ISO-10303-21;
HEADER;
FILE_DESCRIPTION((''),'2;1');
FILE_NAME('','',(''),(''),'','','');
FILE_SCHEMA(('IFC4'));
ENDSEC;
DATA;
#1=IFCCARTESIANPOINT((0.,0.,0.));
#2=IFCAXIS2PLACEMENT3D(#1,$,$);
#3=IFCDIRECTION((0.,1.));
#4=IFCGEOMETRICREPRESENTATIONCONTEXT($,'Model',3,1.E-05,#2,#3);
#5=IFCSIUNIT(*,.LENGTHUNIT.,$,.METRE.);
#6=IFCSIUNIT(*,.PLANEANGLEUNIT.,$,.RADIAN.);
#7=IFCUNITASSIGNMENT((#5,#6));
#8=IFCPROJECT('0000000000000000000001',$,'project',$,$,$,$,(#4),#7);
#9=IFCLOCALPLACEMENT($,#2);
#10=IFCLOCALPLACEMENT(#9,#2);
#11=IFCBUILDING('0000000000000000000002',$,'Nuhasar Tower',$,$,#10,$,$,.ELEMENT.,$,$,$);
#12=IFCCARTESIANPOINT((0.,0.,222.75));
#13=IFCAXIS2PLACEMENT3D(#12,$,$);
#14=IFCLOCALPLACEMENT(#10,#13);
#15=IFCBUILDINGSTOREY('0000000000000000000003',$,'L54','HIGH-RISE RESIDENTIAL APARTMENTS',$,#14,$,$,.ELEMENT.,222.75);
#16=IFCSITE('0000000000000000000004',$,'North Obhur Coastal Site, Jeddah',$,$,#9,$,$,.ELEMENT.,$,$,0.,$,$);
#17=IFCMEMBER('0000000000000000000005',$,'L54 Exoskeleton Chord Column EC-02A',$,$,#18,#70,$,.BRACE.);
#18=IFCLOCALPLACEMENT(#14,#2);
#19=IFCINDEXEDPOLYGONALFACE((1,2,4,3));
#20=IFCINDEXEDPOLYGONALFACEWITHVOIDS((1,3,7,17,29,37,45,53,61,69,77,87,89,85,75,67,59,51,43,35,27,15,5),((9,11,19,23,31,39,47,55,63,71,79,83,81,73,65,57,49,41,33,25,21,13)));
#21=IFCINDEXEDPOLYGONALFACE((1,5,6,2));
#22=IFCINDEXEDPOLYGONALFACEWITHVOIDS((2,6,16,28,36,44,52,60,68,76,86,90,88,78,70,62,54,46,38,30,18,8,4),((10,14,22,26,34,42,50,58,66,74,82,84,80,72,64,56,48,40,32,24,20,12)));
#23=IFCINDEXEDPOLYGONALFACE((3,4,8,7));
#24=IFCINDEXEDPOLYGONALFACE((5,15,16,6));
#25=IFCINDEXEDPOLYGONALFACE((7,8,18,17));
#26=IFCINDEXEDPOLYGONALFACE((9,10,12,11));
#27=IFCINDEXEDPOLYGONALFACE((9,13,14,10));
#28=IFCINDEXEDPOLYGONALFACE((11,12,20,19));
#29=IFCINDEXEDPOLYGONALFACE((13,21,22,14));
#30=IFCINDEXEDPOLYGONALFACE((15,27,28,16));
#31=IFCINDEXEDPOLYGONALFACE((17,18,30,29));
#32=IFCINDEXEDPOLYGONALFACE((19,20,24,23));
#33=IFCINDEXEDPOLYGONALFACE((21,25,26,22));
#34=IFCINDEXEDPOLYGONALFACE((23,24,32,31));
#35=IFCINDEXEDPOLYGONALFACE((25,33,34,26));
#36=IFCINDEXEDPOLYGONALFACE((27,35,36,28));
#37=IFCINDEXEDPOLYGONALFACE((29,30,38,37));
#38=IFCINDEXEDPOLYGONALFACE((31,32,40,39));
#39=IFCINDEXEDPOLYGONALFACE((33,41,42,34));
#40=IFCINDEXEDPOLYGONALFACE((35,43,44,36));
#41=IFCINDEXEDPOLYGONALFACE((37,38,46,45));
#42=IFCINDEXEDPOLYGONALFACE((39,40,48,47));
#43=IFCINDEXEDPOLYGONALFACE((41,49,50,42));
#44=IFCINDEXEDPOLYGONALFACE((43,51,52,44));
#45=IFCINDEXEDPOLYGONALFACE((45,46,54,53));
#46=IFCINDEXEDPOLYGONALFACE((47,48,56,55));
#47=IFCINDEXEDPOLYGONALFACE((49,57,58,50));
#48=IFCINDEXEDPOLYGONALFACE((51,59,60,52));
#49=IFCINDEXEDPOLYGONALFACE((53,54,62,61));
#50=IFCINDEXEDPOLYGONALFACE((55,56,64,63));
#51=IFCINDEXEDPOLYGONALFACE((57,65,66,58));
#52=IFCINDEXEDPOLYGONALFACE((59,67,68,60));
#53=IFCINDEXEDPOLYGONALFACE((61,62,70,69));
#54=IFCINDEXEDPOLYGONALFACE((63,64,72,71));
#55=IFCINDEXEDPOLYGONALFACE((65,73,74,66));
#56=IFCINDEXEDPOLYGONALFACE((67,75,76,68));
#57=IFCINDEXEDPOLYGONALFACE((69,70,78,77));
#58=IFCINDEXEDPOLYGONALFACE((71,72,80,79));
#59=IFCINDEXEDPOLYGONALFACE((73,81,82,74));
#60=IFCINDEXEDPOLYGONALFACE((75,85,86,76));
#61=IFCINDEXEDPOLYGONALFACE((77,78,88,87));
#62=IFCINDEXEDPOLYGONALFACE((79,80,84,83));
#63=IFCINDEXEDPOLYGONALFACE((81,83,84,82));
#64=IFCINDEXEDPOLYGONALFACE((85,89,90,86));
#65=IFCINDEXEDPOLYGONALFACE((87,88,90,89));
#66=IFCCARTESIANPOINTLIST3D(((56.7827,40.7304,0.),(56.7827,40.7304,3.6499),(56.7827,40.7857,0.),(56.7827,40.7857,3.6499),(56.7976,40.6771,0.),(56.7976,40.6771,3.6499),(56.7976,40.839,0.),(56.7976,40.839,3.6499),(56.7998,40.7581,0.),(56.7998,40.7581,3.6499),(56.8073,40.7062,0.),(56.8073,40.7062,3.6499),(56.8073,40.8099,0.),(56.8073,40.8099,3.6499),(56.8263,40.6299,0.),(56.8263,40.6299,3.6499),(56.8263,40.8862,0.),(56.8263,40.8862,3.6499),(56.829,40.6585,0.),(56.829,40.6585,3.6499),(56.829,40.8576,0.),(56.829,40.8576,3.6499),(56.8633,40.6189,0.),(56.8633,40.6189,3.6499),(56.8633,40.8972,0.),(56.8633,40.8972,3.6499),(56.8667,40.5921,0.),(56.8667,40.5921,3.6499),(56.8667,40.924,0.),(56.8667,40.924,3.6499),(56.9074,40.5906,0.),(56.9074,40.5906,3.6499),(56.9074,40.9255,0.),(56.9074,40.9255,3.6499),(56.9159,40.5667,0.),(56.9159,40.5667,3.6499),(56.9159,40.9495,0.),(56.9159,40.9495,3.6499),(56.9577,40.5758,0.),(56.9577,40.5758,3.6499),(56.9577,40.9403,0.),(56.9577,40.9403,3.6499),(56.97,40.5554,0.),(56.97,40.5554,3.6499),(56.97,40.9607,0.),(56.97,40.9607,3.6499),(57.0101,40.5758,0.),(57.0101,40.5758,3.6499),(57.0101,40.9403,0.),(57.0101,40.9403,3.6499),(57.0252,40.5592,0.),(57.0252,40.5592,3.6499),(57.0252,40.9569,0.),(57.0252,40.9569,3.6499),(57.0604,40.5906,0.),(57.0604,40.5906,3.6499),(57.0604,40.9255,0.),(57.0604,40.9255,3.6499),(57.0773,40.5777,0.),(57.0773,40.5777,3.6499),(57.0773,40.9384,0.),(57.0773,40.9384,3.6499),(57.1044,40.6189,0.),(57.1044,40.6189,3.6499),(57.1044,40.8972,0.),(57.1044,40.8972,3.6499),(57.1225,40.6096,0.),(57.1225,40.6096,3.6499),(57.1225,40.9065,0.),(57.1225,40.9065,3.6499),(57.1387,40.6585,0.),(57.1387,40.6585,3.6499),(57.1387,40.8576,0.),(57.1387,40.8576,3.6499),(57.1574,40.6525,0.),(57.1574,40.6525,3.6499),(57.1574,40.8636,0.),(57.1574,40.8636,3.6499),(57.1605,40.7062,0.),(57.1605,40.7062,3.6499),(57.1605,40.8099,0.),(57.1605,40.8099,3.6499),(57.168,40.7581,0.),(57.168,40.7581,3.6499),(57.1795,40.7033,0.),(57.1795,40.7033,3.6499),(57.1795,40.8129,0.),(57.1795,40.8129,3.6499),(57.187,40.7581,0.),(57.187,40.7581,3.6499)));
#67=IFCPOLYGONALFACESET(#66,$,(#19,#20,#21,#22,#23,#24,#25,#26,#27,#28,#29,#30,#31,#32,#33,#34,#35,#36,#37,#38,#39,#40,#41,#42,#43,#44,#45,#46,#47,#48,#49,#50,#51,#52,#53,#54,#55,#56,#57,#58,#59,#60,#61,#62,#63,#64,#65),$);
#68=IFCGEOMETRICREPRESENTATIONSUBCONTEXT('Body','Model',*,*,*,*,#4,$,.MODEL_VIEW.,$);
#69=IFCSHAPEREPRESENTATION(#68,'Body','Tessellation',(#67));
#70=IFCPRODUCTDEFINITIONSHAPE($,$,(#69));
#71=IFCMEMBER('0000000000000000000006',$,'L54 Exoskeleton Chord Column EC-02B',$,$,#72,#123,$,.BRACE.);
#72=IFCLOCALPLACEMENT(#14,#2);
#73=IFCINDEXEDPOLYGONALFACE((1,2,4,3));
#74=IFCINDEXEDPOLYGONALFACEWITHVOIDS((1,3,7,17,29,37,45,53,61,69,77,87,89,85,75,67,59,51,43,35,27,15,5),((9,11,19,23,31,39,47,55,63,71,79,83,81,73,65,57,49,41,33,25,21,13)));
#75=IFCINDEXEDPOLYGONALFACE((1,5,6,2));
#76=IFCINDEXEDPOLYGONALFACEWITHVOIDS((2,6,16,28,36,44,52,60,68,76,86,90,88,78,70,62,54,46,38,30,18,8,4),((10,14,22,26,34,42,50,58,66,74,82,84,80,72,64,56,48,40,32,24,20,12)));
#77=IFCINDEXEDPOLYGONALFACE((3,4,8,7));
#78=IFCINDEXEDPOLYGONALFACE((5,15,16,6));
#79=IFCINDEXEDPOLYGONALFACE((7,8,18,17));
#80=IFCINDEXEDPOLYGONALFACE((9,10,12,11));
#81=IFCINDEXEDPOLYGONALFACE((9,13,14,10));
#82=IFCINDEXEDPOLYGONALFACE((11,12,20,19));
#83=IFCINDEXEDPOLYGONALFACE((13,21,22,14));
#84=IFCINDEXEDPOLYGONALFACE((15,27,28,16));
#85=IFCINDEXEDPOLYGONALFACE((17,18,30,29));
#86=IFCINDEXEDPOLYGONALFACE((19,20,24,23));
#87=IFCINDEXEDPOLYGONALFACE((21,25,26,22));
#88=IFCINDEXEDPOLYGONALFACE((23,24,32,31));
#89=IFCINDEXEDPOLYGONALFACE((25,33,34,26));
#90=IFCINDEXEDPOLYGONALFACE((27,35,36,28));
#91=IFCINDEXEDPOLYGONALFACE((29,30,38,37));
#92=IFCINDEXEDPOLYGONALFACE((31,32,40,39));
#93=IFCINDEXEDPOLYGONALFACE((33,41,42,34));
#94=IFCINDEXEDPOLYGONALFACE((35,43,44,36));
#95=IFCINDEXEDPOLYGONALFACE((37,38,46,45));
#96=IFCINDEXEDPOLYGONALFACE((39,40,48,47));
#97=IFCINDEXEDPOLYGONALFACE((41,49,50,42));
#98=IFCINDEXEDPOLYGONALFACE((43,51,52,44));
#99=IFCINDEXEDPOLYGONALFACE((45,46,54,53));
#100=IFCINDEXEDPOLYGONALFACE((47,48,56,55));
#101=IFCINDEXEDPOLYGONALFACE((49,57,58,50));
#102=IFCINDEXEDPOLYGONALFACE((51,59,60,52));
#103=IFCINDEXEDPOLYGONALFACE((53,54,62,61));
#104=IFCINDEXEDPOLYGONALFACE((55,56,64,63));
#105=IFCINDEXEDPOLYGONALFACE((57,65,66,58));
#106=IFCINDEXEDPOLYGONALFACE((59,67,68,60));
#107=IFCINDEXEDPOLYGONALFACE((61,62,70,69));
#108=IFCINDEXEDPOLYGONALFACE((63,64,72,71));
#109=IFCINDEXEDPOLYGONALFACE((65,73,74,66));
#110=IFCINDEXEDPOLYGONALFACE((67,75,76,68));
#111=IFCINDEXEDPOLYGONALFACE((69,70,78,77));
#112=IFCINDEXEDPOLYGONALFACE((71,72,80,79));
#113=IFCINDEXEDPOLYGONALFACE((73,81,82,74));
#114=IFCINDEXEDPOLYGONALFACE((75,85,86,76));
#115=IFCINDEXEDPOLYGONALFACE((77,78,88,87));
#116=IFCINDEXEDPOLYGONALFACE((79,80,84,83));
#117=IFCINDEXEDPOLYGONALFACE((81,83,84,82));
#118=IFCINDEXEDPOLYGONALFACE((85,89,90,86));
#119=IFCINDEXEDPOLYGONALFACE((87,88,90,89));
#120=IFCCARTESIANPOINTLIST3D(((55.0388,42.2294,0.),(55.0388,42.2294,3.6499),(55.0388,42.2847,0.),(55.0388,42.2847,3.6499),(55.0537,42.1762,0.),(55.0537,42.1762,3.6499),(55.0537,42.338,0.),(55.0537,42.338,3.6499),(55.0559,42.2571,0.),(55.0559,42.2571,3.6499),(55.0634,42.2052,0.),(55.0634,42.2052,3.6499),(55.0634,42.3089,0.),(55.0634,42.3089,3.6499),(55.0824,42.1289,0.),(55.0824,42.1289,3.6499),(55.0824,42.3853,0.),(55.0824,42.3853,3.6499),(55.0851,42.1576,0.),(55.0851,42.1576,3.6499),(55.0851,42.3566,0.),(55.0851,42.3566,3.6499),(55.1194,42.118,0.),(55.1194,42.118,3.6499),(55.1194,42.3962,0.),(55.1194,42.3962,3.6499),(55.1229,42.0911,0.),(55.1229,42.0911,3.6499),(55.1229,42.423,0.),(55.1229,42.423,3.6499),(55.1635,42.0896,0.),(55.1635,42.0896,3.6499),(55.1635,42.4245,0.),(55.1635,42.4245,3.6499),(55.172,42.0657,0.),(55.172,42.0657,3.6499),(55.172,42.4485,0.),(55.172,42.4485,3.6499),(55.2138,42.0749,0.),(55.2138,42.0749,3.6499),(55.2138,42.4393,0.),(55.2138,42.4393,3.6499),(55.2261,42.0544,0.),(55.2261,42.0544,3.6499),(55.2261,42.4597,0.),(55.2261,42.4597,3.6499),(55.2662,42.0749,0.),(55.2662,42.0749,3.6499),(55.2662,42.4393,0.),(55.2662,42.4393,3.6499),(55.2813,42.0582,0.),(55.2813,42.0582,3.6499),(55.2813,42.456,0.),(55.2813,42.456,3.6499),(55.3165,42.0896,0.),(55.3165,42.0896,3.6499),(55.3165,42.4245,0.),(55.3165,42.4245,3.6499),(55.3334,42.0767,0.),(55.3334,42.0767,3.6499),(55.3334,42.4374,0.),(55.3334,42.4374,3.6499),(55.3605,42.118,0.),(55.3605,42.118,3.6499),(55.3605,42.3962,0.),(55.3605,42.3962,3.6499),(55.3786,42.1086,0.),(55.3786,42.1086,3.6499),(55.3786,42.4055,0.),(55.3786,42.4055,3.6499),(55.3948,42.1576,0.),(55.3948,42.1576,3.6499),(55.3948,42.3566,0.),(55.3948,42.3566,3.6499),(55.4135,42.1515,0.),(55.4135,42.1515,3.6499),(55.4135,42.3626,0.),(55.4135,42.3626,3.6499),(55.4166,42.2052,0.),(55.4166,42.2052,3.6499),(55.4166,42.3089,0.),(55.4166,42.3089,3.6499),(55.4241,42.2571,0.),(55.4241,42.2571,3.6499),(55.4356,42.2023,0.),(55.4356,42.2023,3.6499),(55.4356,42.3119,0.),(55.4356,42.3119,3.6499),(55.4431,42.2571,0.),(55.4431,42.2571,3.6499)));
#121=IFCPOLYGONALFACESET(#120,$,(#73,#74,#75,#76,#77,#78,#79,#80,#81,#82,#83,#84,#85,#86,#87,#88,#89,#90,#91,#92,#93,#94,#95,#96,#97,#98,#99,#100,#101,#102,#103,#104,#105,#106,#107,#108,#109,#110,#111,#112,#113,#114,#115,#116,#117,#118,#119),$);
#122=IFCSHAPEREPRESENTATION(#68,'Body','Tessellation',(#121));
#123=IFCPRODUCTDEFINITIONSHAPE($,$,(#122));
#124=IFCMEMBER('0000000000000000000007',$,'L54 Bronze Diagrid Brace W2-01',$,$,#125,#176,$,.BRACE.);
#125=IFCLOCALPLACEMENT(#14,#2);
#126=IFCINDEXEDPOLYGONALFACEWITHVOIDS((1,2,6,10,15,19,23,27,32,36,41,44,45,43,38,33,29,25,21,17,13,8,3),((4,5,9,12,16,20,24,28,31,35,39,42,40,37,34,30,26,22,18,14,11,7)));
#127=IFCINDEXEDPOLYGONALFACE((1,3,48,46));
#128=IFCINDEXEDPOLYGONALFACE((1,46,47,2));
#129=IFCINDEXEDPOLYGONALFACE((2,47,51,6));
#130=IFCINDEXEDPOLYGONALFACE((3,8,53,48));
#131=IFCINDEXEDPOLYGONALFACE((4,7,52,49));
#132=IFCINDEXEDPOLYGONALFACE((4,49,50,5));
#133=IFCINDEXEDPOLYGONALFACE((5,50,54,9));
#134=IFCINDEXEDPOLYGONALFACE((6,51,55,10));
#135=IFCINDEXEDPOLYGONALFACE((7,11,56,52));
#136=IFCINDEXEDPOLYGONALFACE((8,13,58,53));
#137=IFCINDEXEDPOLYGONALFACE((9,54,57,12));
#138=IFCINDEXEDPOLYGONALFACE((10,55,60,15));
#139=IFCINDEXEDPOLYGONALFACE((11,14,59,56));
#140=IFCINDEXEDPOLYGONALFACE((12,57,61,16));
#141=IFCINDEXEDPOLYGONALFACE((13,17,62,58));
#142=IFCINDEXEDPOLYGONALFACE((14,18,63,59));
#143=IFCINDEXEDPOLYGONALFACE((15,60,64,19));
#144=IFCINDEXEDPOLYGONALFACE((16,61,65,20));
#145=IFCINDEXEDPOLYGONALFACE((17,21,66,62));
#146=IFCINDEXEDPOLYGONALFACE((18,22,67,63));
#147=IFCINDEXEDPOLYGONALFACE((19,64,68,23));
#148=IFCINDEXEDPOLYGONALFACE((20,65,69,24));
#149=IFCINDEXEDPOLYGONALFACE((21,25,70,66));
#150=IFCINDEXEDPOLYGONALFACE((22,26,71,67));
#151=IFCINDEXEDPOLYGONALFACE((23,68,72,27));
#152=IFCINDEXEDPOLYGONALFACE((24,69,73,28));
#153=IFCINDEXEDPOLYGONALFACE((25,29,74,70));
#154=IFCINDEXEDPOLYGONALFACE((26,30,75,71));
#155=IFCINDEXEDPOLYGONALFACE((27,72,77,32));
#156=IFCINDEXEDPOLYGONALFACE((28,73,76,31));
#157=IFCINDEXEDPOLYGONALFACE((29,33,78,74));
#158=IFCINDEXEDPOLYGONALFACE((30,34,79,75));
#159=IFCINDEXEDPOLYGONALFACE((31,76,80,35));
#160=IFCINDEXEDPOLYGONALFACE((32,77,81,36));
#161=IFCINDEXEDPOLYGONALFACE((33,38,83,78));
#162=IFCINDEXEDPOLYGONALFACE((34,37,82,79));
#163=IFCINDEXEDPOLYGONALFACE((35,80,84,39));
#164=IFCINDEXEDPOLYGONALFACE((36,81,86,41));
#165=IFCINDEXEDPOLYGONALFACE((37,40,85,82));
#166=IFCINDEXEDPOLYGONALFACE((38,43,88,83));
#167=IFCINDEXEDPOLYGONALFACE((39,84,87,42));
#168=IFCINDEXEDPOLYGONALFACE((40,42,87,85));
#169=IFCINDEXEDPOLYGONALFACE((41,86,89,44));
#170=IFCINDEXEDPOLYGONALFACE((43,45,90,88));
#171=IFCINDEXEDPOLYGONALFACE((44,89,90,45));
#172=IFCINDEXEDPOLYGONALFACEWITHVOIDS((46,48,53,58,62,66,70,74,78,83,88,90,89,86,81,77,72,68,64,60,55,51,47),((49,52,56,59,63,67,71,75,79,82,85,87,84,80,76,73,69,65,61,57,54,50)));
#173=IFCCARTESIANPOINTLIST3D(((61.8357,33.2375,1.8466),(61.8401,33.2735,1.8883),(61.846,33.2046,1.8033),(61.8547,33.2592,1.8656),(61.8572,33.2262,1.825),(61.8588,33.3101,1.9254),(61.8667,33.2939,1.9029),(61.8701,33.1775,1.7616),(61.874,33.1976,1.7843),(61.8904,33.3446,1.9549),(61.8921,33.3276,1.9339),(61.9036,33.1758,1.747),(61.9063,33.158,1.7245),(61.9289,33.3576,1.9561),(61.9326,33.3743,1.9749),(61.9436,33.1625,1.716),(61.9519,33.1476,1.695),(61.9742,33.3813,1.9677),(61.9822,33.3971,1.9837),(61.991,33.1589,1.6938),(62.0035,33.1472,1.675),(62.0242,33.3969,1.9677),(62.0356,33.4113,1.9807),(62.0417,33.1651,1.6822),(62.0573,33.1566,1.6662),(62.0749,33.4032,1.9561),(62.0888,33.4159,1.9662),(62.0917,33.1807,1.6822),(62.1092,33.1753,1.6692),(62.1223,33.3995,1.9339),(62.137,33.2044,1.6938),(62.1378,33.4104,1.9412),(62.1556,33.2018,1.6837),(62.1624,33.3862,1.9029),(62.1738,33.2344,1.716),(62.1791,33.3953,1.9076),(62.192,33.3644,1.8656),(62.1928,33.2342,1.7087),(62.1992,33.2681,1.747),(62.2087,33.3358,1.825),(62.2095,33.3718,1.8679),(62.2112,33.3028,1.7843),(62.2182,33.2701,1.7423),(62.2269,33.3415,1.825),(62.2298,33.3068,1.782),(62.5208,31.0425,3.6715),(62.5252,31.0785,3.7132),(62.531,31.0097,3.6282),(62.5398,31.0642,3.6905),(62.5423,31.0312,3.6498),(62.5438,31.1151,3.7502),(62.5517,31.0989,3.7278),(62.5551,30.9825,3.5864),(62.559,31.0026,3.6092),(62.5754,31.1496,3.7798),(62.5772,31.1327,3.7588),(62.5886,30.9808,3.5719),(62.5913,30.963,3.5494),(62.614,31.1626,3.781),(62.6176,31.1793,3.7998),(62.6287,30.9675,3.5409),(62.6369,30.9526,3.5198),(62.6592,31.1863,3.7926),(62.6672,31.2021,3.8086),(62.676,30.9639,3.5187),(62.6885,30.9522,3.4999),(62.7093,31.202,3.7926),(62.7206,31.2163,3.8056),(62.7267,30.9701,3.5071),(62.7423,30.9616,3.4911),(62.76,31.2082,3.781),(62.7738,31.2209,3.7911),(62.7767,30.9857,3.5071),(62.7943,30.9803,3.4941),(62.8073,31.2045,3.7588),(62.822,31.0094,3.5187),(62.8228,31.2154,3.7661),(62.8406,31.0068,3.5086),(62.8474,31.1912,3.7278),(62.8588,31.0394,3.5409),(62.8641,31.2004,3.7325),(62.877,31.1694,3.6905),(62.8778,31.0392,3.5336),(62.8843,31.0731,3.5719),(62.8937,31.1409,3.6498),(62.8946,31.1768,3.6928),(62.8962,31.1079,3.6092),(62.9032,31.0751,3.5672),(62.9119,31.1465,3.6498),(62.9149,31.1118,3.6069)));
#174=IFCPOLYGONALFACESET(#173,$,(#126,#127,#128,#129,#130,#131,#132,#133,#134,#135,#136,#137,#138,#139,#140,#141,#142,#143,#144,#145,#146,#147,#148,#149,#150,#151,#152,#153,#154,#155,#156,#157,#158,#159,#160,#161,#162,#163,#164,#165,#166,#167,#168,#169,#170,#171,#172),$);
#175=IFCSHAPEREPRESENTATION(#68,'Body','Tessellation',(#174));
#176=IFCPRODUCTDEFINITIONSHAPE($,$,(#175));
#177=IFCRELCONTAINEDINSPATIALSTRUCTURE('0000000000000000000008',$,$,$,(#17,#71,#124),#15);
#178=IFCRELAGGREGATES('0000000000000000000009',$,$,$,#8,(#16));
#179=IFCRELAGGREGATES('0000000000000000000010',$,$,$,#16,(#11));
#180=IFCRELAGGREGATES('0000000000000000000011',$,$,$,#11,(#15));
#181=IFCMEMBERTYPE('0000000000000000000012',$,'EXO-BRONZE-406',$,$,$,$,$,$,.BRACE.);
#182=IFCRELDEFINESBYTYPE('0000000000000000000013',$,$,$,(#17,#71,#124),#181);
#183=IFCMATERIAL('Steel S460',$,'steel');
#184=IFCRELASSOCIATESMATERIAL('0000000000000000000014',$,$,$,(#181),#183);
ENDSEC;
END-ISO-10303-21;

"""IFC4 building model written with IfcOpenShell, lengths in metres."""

from ifc_helpers import new_model, si_unit, direction, frame, origin, origin_2d, place, context, subcontext, project, spatial, hollow_circle, extrude, material, material_profile, profile_set, type_object, element, save


model = new_model("IFC4")

# Units and contexts
model_context = context("Model", 3, precision=1e-05, world=origin(), true_north=direction((0.0, 1.0)))
body_context = subcontext(model_context, "Body", "Model", "MODEL_VIEW")
ifc_project = project(units=[si_unit("LENGTHUNIT", "METRE"), si_unit("PLANEANGLEUNIT", "RADIAN")], contexts=[model_context])

# Site, building, storey
site_placement = place(None, origin())
site = spatial("IfcSite", under=ifc_project, at=site_placement, Name="North Obhur Coastal Site, Jeddah", CompositionType="ELEMENT", RefElevation=0.0)
building_placement = place(site_placement, origin())
building = spatial("IfcBuilding", under=site, at=building_placement, Name="Nuhasar Tower", CompositionType="ELEMENT")
storey_placement = place(building_placement, frame((0.0, 0.0, 222.75)))
storey = spatial("IfcBuildingStorey", under=building, at=storey_placement, Name="L54", Description="HIGH-RISE RESIDENTIAL APARTMENTS", CompositionType="ELEMENT", Elevation=222.75)

# Members
ifc_material_1 = material(Name="Steel S460", Category="steel")
ifc_material_profile_1 = material_profile(ifc_material_1, hollow_circle(Radius=0.2031, WallThickness=0.019, at=origin_2d()), Name="HSS406.4X19.1")
ifc_profile_set_1 = profile_set([ifc_material_profile_1], Name="Steel S460")
member_type_1 = type_object("IfcMemberType", Name="EXO-BRONZE-406", PredefinedType="BRACE", material=ifc_profile_set_1)
for number, where, z_axis, x_axis, name in (
    (1, (56.9839, 40.7581, 0.0), (0.0, 0.0, 1.0), (1.0, 0.0, 0.0), "L54 Exoskeleton Chord Column EC-02A"),
    (2, (55.24, 42.2571, 0.0), (0.0, 0.0, 1.0), (1.0, 0.0, 0.0), "L54 Exoskeleton Chord Column EC-02B"),
):
    element("IfcMember", number, at=place(storey_placement, frame(where, z_axis=z_axis, x_axis=x_axis)), inside=storey, type_object=member_type_1, Name=name, PredefinedType="BRACE", context=body_context, shape_type="SweptSolid", body=[
        extrude(hollow_circle(Radius=0.2031, WallThickness=0.019, at=origin_2d()), origin(), (0.0, 0.0, 1.0), 3.6499),
    ])
member_1_placement = place(storey_placement, frame((62.033, 33.281, 1.825), z_axis=(0.233358, -0.747727, 0.62165), x_axis=(0.954591, 0.297918, 0.0)))
element("IfcMember", 3, at=member_1_placement, inside=storey, type_object=member_type_1, Name="L54 Bronze Diagrid Brace W2-01", PredefinedType="BRACE", context=body_context, shape_type="SweptSolid", body=[
    extrude(hollow_circle(Radius=0.2031, WallThickness=0.019, at=origin_2d()), origin(), (0.0, 0.0, 1.0), 2.9355),
])

save(model, "model.ifc")
